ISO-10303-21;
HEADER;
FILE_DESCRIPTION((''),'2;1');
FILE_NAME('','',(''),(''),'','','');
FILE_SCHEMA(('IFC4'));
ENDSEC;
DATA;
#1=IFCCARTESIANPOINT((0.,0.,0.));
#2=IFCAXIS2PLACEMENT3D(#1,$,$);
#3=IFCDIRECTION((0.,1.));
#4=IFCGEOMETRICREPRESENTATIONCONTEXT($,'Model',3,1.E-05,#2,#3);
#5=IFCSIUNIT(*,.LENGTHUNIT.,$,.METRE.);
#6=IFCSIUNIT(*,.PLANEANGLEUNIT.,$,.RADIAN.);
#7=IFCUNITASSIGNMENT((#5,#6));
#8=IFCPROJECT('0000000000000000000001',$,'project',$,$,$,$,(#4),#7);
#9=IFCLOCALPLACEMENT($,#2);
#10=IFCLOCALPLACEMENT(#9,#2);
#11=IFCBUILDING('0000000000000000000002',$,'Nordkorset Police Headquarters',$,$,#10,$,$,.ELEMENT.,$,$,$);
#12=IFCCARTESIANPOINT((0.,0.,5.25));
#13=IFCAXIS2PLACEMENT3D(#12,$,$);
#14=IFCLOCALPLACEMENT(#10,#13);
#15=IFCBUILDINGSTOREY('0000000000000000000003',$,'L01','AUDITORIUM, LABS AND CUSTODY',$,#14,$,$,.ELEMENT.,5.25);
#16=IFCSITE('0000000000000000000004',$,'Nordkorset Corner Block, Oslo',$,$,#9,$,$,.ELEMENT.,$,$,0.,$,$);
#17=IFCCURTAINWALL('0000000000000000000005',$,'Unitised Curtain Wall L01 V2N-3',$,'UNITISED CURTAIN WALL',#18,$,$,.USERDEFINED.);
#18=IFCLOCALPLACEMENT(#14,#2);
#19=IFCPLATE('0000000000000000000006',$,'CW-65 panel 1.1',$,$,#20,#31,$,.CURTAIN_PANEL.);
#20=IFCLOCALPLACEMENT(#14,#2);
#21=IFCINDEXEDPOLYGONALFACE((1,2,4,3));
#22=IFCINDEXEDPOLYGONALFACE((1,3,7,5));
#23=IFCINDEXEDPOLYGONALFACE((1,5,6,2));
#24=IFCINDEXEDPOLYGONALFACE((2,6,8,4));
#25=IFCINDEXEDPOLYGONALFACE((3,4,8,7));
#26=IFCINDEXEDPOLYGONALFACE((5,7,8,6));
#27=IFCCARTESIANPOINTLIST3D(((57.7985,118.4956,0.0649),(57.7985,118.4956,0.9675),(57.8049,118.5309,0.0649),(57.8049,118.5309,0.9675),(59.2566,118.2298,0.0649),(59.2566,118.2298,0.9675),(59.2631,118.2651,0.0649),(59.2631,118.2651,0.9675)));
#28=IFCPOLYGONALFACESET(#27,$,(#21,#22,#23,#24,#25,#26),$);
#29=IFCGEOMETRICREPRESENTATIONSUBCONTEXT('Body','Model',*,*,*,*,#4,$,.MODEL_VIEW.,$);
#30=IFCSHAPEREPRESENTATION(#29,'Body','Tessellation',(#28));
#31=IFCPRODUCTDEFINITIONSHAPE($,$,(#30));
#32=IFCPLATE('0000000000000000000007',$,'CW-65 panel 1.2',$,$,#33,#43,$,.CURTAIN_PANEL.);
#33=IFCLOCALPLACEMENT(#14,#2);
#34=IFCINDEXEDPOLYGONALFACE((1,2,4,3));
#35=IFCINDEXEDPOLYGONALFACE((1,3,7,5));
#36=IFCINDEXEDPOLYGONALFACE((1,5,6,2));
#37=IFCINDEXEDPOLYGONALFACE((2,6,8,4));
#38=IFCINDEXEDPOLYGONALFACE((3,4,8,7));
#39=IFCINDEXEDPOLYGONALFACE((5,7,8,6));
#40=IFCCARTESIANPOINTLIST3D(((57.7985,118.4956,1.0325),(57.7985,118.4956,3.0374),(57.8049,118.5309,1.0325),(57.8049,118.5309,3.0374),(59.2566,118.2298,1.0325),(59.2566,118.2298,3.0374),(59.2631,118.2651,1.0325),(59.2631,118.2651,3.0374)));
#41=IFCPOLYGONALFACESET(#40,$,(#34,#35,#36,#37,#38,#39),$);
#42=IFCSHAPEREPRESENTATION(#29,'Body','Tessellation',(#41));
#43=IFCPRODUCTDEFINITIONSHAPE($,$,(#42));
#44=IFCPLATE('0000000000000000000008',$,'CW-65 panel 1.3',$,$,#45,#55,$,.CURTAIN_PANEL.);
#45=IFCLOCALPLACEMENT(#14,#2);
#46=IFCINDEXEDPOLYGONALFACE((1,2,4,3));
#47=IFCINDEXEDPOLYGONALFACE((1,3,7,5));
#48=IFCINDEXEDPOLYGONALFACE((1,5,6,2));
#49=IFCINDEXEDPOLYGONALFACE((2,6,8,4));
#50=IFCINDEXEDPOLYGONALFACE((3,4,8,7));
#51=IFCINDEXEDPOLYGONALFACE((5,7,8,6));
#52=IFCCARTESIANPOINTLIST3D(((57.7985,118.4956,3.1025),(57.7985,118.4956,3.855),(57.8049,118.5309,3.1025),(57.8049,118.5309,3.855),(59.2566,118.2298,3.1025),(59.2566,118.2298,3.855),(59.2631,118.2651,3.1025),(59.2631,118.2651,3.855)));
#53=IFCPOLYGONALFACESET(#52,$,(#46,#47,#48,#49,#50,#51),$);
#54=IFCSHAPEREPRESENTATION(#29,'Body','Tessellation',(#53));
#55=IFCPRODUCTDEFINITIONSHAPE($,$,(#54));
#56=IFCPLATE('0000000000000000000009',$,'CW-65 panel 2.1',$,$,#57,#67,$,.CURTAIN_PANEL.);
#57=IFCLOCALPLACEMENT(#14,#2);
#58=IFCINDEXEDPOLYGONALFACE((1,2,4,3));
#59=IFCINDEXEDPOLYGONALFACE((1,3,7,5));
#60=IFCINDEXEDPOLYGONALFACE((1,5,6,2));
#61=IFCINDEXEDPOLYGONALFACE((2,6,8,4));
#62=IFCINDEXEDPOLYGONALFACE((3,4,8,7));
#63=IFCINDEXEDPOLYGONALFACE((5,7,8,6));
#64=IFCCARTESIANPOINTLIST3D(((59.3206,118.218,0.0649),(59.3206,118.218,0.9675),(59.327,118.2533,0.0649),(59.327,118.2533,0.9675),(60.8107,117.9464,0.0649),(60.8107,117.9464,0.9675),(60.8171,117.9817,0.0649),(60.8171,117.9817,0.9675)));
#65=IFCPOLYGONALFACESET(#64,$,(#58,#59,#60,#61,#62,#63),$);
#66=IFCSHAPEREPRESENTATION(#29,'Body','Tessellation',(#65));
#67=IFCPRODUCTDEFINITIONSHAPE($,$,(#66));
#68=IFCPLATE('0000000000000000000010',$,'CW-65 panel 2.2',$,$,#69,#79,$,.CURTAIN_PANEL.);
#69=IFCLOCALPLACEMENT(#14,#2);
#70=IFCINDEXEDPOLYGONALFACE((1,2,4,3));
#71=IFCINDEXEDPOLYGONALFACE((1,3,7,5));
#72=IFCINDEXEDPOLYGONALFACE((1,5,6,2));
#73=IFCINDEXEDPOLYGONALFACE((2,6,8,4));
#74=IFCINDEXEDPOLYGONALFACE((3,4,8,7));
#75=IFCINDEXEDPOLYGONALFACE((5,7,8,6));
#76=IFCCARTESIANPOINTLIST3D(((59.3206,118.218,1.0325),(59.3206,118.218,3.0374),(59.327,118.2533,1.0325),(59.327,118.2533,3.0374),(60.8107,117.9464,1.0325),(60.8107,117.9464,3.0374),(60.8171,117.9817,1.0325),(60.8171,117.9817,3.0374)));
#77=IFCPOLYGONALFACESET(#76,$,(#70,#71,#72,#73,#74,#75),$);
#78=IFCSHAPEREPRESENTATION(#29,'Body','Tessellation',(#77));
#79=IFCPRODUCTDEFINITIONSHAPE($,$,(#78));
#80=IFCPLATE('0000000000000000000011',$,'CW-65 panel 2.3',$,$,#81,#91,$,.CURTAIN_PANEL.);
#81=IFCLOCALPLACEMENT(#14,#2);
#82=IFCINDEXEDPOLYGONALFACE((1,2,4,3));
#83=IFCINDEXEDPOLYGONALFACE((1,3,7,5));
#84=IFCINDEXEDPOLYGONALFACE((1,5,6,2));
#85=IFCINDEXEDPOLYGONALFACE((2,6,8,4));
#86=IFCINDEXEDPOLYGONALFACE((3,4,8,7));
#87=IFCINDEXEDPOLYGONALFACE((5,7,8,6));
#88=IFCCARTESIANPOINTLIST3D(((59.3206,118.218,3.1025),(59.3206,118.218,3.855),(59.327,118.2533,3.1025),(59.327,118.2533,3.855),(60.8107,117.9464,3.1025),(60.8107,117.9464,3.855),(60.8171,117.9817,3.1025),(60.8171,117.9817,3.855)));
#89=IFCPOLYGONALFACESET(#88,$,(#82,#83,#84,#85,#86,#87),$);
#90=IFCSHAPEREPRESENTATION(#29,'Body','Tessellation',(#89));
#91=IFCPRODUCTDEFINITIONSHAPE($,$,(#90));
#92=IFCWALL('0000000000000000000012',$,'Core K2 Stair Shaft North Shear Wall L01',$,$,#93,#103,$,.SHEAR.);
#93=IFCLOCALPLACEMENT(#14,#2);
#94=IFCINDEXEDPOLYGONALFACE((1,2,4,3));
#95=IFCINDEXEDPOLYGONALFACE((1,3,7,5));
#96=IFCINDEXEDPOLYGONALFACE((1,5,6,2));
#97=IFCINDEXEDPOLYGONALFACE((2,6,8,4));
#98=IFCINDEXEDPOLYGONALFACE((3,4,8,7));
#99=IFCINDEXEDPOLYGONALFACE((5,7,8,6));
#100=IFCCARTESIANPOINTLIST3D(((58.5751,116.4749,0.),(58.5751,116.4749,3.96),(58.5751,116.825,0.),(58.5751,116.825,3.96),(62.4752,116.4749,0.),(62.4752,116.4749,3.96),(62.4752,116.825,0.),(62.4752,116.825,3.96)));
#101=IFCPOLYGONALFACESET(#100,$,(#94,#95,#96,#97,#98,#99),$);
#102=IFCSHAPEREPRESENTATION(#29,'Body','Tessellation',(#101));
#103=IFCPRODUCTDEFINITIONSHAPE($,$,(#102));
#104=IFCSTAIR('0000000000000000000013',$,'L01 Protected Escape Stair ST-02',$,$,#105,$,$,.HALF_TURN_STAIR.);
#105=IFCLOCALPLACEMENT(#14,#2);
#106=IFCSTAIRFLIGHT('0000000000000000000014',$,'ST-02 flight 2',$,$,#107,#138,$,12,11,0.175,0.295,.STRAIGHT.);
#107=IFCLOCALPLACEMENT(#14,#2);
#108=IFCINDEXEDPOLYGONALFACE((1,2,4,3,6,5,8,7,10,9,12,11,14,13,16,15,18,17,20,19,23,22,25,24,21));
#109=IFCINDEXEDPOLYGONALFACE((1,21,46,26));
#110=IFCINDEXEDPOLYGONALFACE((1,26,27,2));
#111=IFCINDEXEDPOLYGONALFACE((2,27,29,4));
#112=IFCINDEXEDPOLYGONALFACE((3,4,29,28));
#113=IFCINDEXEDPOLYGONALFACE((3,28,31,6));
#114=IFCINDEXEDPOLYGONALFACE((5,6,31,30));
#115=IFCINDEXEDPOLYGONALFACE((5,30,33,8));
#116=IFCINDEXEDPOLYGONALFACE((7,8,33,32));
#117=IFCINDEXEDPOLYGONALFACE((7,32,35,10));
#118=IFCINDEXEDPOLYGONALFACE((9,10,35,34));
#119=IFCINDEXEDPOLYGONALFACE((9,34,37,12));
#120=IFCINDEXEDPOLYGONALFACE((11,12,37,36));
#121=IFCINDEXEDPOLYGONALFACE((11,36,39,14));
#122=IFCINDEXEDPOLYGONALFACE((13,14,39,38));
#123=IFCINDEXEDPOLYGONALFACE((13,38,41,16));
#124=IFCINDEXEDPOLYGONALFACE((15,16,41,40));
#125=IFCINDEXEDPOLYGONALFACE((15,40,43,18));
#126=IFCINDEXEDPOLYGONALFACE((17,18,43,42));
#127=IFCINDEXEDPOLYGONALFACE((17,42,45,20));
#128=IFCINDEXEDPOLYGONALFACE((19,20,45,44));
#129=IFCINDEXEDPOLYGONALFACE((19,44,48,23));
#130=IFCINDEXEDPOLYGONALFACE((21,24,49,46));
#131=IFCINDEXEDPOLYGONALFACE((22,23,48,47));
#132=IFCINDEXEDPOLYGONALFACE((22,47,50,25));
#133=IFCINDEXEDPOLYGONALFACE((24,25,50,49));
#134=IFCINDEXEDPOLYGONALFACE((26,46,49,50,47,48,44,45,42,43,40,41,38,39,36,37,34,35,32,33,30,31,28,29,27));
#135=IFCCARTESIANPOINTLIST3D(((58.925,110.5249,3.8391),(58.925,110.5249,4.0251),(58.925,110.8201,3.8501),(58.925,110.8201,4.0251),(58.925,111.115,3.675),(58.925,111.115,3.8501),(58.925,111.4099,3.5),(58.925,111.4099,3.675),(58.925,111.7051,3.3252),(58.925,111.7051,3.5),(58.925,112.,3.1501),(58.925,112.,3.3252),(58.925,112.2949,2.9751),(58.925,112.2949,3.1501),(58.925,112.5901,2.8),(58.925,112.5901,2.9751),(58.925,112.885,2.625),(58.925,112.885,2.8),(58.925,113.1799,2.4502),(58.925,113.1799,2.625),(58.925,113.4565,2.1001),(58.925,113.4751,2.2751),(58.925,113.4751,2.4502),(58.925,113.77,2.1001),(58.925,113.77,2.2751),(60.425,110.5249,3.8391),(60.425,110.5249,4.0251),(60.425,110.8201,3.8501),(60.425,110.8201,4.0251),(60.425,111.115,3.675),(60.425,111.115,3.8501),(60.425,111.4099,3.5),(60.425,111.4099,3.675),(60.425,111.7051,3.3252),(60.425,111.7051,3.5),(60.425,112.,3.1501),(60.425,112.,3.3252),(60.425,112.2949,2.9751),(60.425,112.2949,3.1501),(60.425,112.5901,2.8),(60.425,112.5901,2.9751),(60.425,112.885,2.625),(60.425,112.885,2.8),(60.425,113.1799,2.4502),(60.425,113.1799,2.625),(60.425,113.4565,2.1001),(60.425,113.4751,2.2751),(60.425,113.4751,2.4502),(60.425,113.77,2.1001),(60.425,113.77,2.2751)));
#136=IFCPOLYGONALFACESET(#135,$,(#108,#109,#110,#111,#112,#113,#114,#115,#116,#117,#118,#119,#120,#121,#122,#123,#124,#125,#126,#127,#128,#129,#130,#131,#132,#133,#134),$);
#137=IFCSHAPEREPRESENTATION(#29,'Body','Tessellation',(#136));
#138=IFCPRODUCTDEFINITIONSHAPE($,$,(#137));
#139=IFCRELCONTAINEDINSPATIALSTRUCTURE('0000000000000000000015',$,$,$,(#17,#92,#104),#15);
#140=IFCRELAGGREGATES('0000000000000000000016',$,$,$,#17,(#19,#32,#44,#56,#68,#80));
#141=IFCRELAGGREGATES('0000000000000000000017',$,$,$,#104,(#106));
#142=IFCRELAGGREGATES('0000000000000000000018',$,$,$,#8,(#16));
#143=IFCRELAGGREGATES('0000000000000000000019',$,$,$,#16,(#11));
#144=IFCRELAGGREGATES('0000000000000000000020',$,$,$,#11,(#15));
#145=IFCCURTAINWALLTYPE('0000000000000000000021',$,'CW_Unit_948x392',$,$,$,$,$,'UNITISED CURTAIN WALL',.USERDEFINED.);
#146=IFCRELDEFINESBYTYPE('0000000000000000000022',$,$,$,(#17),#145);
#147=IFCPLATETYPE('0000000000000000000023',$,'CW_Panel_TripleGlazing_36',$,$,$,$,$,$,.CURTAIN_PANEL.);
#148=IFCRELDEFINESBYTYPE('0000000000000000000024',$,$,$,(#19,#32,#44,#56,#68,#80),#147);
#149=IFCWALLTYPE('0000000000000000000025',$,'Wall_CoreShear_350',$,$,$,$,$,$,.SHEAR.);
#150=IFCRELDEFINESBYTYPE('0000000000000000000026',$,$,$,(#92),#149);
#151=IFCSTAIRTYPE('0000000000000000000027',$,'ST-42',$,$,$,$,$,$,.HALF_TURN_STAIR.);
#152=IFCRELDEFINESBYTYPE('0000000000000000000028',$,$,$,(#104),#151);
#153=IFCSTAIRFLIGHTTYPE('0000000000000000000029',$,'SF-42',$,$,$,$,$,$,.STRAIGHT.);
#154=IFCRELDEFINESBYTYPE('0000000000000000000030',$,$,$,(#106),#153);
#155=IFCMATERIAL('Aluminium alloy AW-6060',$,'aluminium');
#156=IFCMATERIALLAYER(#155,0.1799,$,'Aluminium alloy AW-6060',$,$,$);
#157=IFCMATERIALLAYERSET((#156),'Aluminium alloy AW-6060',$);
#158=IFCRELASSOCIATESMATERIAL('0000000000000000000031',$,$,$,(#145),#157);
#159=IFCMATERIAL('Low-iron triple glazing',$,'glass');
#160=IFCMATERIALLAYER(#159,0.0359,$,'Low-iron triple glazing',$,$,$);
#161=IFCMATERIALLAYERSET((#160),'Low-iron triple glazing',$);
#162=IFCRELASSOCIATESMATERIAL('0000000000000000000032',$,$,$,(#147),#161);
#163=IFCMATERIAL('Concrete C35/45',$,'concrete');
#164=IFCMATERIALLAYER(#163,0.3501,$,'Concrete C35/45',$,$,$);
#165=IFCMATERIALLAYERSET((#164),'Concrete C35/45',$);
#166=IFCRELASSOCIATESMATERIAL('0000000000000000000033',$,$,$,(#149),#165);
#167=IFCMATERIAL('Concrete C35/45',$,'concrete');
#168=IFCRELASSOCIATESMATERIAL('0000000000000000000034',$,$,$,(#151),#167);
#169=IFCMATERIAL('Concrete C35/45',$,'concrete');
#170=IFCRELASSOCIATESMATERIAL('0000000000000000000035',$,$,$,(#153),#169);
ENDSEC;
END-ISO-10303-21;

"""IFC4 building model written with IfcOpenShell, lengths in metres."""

from ifc_helpers import new_model, si_unit, direction, frame, frame_2d, origin, origin_2d, place, context, subcontext, project, spatial, polyline, rectangle, outline, extrude, material, layer, layer_set, type_object, element, aggregate, save


model = new_model("IFC4")

# Units and contexts
model_context = context("Model", 3, precision=1e-05, world=origin(), true_north=direction((0.0, 1.0)))
body_context = subcontext(model_context, "Body", "Model", "MODEL_VIEW")
ifc_project = project(units=[si_unit("LENGTHUNIT", "METRE"), si_unit("PLANEANGLEUNIT", "RADIAN")], contexts=[model_context])

# Site, building, storey
site_placement = place(None, origin())
site = spatial("IfcSite", under=ifc_project, at=site_placement, Name="Nordkorset Corner Block, Oslo", CompositionType="ELEMENT", RefElevation=0.0)
building_placement = place(site_placement, origin())
building = spatial("IfcBuilding", under=site, at=building_placement, Name="Nordkorset Police Headquarters", CompositionType="ELEMENT")
storey_placement = place(building_placement, frame((0.0, 0.0, 5.25)))
storey = spatial("IfcBuildingStorey", under=building, at=storey_placement, Name="L01", Description="AUDITORIUM, LABS AND CUSTODY", CompositionType="ELEMENT", Elevation=5.25)

# Curtain wall, plates
ifc_material_1 = material(Name="Aluminium alloy AW-6060", Category="aluminium")
ifc_layer_1 = layer(ifc_material_1, 0.1799, Name="Aluminium alloy AW-6060")
ifc_layer_set_1 = layer_set([ifc_layer_1], Name="Aluminium alloy AW-6060")
curtain_wall_type = type_object("IfcCurtainWallType", Name="CW_Unit_948x392", ElementType="UNITISED CURTAIN WALL", PredefinedType="USERDEFINED", material=ifc_layer_set_1)
curtain_wall_placement = place(storey_placement, origin())
curtain_wall = element("IfcCurtainWall", 1, at=curtain_wall_placement, inside=storey, type_object=curtain_wall_type, Name="Unitised Curtain Wall L01 V2N-3", ObjectType="UNITISED CURTAIN WALL", PredefinedType="USERDEFINED")
ifc_material_2 = material(Name="Low-iron triple glazing", Category="glass")
ifc_layer_2 = layer(ifc_material_2, 0.0359, Name="Low-iron triple glazing")
ifc_layer_set_2 = layer_set([ifc_layer_2], Name="Low-iron triple glazing")
plate_type = type_object("IfcPlateType", Name="CW_Panel_TripleGlazing_36", PredefinedType="CURTAIN_PANEL", material=ifc_layer_set_2)
plate_1_placement = place(storey_placement, frame((58.5308, 118.3804, 0.0649), z_axis=(0.0, 0.0, 1.0), x_axis=(0.983788, -0.179336, 0.0)))
plate_1 = element("IfcPlate", 2, at=plate_1_placement, type_object=plate_type, Name="CW-65 panel 1.1", PredefinedType="CURTAIN_PANEL", context=body_context, shape_type="SweptSolid", body=[
    extrude(rectangle(XDim=1.4822, YDim=0.0359, at=origin_2d()), origin(), (0.0, 0.0, 1.0), 0.9026),
])
plate_2_placement = place(storey_placement, frame((58.5308, 118.3804, 1.0325), z_axis=(0.0, 0.0, 1.0), x_axis=(0.983788, -0.179336, 0.0)))
plate_2 = element("IfcPlate", 3, at=plate_2_placement, type_object=plate_type, Name="CW-65 panel 1.2", PredefinedType="CURTAIN_PANEL", context=body_context, shape_type="SweptSolid", body=[
    extrude(rectangle(XDim=1.4822, YDim=0.0359, at=origin_2d()), origin(), (0.0, 0.0, 1.0), 2.0049),
])
plate_3_placement = place(storey_placement, frame((58.5308, 118.3804, 3.1025), z_axis=(0.0, 0.0, 1.0), x_axis=(0.983788, -0.179336, 0.0)))
plate_3 = element("IfcPlate", 4, at=plate_3_placement, type_object=plate_type, Name="CW-65 panel 1.3", PredefinedType="CURTAIN_PANEL", context=body_context, shape_type="SweptSolid", body=[
    extrude(rectangle(XDim=1.4822, YDim=0.0359, at=origin_2d()), origin(), (0.0, 0.0, 1.0), 0.7524),
])
plate_4_placement = place(storey_placement, frame((60.0688, 118.0999, 0.0649), z_axis=(0.0, 0.0, 1.0), x_axis=(0.983788, -0.179336, 0.0)))
plate_4 = element("IfcPlate", 5, at=plate_4_placement, type_object=plate_type, Name="CW-65 panel 2.1", PredefinedType="CURTAIN_PANEL", context=body_context, shape_type="SweptSolid", body=[
    extrude(rectangle(XDim=1.5146, YDim=0.0359, at=origin_2d()), origin(), (0.0, 0.0, 1.0), 0.9026),
])
plate_5_placement = place(storey_placement, frame((60.0688, 118.0999, 1.0325), z_axis=(0.0, 0.0, 1.0), x_axis=(0.983788, -0.179336, 0.0)))
plate_5 = element("IfcPlate", 6, at=plate_5_placement, type_object=plate_type, Name="CW-65 panel 2.2", PredefinedType="CURTAIN_PANEL", context=body_context, shape_type="SweptSolid", body=[
    extrude(rectangle(XDim=1.5146, YDim=0.0359, at=origin_2d()), origin(), (0.0, 0.0, 1.0), 2.0049),
])
plate_6_placement = place(storey_placement, frame((60.0688, 118.0999, 3.1025), z_axis=(0.0, 0.0, 1.0), x_axis=(0.983788, -0.179336, 0.0)))
plate_6 = element("IfcPlate", 7, at=plate_6_placement, type_object=plate_type, Name="CW-65 panel 2.3", PredefinedType="CURTAIN_PANEL", context=body_context, shape_type="SweptSolid", body=[
    extrude(rectangle(XDim=1.5146, YDim=0.0359, at=origin_2d()), origin(), (0.0, 0.0, 1.0), 0.7524),
])
aggregate(curtain_wall, [plate_1, plate_2, plate_3, plate_4, plate_5, plate_6])

# Wall
ifc_material_3 = material(Name="Concrete C35/45", Category="concrete")
ifc_layer_3 = layer(ifc_material_3, 0.3501, Name="Concrete C35/45")
ifc_layer_set_3 = layer_set([ifc_layer_3], Name="Concrete C35/45")
wall_type = type_object("IfcWallType", Name="Wall_CoreShear_350", PredefinedType="SHEAR", material=ifc_layer_set_3)
wall_placement = place(storey_placement, frame((58.575, 116.6499, 0.0), z_axis=(0.0, 0.0, 1.0), x_axis=(1.0, 0.0, 0.0)))
element("IfcWall", 8, at=wall_placement, inside=storey, type_object=wall_type, Name="Core K2 Stair Shaft North Shear Wall L01", PredefinedType="SHEAR", context=body_context, shape_type="SweptSolid", body=[
    extrude(rectangle(XDim=3.9001, YDim=0.3501, at=frame_2d((1.9502, 0.0))), origin(), (0.0, 0.0, 1.0), 3.96),
])

# Stair, stair flight
ifc_material_4 = material(Name="Concrete C35/45", Category="concrete")
stair_type = type_object("IfcStairType", Name="ST-42", PredefinedType="HALF_TURN_STAIR", material=ifc_material_4)
stair_placement = place(storey_placement, origin())
stair = element("IfcStair", 9, at=stair_placement, inside=storey, type_object=stair_type, Name="L01 Protected Escape Stair ST-02", PredefinedType="HALF_TURN_STAIR")
ifc_material_5 = material(Name="Concrete C35/45", Category="concrete")
stair_flight_type = type_object("IfcStairFlightType", Name="SF-42", PredefinedType="STRAIGHT", material=ifc_material_5)
stair_flight_placement = place(storey_placement, frame((59.675, 113.77, 2.1001), z_axis=(0.0, 0.0, 1.0), x_axis=(0.0, -1.0, 0.0)))
stair_flight = element("IfcStairFlight", 10, at=stair_flight_placement, type_object=stair_flight_type, Name="ST-02 flight 2", NumberOfRisers=12, NumberOfTreads=11, PredefinedType="STRAIGHT", RiserHeight=0.175, TreadLength=0.295, context=body_context, shape_type="SweptSolid", body=[
    extrude(outline(polyline([(0.0, 0.0), (0.0, 0.175), (0.2949, 0.175), (0.2949, 0.3501), (0.5901, 0.3501), (0.5901, 0.5249), (0.885, 0.5249), (0.885, 0.7), (1.1799, 0.7), (1.1799, 0.875), (1.4751, 0.875), (1.4751, 1.05), (1.77, 1.05), (1.77, 1.2251), (2.0649, 1.2251), (2.0649, 1.3999), (2.3601, 1.3999), (2.3601, 1.575), (2.655, 1.575), (2.655, 1.75), (2.95, 1.75), (2.95, 1.925), (3.2451, 1.925), (3.2451, 2.1001), (3.2451, 1.739), (0.3135, 0.0), (0.0, 0.0)])), frame((0.0, 0.75, 0.0), z_axis=(0.0, -1.0, 0.0), x_axis=(1.0, 0.0, 0.0)), (0.0, 0.0, 1.0), 1.5),
])
aggregate(stair, [stair_flight])

save(model, "model.ifc")
